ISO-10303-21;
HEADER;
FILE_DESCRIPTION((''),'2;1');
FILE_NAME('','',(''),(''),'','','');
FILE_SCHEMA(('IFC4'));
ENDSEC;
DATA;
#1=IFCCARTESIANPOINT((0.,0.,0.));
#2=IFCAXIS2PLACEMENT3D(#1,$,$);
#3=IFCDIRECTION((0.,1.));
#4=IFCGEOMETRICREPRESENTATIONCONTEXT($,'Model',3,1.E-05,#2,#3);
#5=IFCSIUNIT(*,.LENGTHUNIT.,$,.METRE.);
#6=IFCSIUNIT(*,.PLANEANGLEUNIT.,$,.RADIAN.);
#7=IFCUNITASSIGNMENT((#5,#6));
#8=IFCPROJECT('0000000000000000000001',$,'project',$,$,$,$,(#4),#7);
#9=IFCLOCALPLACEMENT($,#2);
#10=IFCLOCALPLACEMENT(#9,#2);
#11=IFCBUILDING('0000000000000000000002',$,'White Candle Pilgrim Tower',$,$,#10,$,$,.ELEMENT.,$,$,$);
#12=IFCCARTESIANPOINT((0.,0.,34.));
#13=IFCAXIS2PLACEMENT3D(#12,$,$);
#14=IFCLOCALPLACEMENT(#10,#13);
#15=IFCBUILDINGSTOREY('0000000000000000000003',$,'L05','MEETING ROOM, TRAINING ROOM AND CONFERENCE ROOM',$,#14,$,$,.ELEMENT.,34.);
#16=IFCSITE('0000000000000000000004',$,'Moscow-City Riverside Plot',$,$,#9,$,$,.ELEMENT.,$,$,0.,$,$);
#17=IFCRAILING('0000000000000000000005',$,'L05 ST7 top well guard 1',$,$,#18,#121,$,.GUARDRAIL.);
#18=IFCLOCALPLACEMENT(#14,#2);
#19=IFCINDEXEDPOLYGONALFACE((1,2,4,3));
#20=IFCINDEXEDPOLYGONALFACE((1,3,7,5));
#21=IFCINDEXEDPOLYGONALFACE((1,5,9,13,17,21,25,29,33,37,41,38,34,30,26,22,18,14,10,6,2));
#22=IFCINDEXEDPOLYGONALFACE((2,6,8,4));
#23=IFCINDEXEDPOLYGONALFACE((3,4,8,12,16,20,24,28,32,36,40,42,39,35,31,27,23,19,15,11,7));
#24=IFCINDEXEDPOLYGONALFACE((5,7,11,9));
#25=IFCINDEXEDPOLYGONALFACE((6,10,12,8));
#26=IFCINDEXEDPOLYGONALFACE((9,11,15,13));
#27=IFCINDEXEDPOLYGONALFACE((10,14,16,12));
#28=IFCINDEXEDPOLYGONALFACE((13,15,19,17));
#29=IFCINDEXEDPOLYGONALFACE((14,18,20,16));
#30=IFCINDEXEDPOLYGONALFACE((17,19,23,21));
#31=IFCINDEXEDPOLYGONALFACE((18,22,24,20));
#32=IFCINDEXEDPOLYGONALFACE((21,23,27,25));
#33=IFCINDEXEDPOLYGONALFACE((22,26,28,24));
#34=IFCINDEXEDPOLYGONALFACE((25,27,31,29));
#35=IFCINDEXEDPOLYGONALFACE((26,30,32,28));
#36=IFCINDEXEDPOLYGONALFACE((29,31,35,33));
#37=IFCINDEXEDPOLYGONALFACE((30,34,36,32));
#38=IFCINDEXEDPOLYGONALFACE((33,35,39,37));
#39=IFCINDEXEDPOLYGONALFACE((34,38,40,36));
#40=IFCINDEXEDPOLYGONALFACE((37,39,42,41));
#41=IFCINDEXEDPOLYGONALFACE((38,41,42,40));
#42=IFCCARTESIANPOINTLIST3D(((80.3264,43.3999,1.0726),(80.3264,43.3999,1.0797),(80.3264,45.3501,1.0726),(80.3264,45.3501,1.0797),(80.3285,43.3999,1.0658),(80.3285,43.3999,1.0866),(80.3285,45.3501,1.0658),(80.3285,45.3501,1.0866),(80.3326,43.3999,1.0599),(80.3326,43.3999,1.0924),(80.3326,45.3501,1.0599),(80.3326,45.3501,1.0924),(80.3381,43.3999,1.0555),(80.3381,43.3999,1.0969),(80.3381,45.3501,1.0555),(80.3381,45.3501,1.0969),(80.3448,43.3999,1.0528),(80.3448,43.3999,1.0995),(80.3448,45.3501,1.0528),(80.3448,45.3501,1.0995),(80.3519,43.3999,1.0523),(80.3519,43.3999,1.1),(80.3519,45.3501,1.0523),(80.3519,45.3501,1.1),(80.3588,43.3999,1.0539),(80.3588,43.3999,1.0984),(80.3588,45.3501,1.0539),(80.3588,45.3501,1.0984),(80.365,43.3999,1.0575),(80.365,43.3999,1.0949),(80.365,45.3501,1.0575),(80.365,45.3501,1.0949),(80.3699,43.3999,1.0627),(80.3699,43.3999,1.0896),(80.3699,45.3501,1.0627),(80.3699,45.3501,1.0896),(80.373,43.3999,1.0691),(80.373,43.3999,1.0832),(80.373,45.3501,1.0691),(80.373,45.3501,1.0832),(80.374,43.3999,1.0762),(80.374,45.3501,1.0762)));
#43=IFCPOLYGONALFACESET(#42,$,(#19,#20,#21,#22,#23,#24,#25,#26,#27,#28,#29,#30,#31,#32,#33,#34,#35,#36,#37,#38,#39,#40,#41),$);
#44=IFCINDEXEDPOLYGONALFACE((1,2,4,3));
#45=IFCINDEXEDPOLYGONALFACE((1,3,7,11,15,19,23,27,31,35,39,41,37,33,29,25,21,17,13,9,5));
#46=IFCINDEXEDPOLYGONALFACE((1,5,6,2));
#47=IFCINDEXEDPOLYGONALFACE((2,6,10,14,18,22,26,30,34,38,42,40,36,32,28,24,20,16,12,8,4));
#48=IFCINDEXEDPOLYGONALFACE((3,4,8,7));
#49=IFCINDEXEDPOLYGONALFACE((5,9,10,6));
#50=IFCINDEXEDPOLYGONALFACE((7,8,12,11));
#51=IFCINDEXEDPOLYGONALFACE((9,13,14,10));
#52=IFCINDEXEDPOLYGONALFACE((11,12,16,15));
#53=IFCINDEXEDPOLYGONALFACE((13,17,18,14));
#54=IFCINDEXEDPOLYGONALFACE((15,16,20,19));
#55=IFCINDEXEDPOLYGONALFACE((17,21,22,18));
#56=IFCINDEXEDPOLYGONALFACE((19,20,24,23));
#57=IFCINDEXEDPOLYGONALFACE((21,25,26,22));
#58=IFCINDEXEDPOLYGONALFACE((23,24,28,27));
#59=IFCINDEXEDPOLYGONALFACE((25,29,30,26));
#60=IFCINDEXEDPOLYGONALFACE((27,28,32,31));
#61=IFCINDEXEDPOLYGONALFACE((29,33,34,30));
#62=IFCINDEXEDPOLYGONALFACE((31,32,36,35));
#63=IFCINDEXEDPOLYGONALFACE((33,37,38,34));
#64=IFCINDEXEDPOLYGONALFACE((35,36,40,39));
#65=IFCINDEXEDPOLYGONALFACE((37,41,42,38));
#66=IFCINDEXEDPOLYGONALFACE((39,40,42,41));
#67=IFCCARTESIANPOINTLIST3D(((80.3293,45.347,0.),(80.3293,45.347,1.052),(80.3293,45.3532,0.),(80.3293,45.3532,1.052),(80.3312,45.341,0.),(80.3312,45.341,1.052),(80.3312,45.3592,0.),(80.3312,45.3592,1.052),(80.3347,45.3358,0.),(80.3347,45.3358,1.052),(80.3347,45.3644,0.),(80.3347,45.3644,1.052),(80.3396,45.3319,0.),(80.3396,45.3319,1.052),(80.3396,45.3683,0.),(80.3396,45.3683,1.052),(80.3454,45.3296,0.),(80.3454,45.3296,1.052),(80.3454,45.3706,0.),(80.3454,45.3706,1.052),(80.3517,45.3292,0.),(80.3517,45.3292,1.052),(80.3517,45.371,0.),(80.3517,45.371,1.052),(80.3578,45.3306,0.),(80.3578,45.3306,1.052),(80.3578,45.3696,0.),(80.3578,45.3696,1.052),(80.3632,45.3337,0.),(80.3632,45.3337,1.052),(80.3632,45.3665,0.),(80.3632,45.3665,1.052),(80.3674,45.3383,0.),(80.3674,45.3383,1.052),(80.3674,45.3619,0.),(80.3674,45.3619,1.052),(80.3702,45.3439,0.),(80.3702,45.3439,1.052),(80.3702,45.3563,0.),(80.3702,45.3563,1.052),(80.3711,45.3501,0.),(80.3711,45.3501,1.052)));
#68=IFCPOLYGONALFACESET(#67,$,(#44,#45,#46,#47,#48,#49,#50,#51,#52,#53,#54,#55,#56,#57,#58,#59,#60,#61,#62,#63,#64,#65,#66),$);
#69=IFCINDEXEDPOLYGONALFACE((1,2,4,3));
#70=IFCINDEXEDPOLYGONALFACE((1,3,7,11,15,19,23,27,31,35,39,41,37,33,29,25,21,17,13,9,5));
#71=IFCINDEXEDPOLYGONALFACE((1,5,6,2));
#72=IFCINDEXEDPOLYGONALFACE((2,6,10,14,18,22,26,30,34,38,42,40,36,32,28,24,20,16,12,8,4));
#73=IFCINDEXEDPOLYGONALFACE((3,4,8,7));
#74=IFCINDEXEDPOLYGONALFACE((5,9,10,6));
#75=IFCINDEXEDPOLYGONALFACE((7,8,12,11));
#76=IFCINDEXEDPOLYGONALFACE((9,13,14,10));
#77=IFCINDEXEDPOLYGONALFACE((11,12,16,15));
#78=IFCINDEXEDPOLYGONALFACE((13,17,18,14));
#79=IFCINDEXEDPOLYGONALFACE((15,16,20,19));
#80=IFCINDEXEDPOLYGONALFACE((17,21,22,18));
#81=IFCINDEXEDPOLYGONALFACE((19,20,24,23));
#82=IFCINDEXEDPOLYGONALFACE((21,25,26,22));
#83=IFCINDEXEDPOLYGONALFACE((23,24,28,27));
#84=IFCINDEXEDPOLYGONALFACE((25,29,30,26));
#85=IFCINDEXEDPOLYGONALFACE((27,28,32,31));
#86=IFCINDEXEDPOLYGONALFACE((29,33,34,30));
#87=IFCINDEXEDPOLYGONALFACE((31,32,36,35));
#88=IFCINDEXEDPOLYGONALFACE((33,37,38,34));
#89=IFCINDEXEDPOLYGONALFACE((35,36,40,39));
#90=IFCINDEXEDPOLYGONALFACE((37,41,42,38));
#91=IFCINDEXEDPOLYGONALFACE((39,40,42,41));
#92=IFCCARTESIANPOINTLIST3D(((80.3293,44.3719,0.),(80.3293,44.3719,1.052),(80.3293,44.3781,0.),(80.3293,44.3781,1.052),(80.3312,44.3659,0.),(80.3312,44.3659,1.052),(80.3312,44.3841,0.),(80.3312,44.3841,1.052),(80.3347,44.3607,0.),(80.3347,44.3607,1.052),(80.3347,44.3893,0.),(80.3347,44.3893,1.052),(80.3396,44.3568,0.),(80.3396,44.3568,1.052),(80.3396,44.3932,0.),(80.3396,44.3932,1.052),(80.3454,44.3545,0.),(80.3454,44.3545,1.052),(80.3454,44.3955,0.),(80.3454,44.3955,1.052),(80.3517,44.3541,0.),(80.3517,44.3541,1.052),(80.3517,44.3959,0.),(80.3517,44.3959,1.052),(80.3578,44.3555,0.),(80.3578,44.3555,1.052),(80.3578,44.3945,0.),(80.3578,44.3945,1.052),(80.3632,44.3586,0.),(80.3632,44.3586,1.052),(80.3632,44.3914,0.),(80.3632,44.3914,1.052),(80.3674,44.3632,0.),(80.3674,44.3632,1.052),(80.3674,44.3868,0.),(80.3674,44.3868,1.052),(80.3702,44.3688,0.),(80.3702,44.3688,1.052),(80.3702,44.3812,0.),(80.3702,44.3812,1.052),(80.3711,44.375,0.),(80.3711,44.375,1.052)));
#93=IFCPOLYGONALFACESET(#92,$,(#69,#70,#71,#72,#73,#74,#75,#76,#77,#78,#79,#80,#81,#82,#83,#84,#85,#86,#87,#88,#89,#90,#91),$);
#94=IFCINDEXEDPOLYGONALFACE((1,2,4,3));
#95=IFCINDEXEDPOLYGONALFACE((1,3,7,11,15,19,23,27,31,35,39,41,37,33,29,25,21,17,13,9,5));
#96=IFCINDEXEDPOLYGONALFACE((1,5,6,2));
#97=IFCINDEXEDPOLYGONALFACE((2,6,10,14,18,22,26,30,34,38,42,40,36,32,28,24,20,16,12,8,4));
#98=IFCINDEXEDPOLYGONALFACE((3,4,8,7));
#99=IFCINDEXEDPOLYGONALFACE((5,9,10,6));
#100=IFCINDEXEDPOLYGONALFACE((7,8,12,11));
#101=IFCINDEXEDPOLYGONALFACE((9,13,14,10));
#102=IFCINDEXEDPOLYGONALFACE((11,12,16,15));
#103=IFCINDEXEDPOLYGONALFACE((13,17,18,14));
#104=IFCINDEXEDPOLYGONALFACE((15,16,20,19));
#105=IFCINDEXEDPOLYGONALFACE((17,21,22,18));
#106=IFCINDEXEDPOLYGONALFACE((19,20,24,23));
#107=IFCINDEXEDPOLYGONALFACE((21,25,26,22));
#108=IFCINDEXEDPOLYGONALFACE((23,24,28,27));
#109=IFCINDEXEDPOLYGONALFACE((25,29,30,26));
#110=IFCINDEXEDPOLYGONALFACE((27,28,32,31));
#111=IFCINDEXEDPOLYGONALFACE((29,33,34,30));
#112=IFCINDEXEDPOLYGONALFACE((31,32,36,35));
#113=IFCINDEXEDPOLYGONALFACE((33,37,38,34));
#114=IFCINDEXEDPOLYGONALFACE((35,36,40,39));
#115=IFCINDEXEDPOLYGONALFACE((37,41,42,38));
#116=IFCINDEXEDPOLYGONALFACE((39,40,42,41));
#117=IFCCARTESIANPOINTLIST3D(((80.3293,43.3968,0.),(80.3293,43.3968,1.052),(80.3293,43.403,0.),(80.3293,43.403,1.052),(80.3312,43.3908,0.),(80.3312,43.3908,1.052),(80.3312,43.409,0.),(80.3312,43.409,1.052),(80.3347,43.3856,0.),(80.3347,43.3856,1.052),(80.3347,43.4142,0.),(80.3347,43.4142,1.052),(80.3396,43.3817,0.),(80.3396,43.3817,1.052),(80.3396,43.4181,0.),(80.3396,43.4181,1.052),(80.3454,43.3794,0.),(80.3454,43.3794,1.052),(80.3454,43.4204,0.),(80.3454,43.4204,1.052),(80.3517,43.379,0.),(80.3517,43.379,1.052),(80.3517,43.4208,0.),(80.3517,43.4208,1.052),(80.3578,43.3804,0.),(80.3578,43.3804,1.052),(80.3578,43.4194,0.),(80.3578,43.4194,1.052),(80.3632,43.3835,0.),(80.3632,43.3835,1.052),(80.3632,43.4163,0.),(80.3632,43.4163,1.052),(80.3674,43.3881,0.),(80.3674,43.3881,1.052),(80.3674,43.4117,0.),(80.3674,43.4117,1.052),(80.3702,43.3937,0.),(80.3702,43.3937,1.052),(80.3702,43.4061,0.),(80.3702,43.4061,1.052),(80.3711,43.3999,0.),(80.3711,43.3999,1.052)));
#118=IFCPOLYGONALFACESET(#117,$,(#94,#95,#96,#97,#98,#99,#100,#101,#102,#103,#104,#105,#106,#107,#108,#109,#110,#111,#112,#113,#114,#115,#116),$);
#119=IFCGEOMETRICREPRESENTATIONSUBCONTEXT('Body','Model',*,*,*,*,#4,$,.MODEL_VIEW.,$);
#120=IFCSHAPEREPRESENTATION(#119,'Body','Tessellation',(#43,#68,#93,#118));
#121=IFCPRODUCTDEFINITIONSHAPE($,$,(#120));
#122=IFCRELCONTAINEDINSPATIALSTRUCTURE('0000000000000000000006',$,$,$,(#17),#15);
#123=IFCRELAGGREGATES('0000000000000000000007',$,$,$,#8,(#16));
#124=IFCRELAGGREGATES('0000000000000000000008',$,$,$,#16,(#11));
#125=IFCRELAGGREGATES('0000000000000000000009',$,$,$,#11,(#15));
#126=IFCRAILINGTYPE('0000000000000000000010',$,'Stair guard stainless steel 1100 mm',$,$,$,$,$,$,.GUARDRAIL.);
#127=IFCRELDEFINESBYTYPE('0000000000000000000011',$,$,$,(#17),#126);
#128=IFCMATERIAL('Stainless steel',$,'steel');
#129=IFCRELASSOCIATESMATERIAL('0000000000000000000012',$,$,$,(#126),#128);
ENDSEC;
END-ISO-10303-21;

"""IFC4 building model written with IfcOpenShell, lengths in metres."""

from ifc_helpers import new_model, si_unit, direction, frame, origin, origin_2d, place, context, subcontext, project, spatial, circle, extrude, material, type_object, element, save


model = new_model("IFC4")

# Units and contexts
model_context = context("Model", 3, precision=1e-05, world=origin(), true_north=direction((0.0, 1.0)))
body_context = subcontext(model_context, "Body", "Model", "MODEL_VIEW")
ifc_project = project(units=[si_unit("LENGTHUNIT", "METRE"), si_unit("PLANEANGLEUNIT", "RADIAN")], contexts=[model_context])

# Site, building, storey
site_placement = place(None, origin())
site = spatial("IfcSite", under=ifc_project, at=site_placement, Name="Moscow-City Riverside Plot", CompositionType="ELEMENT", RefElevation=0.0)
building_placement = place(site_placement, origin())
building = spatial("IfcBuilding", under=site, at=building_placement, Name="White Candle Pilgrim Tower", CompositionType="ELEMENT")
storey_placement = place(building_placement, frame((0.0, 0.0, 34.0)))
storey = spatial("IfcBuildingStorey", under=building, at=storey_placement, Name="L05", Description="MEETING ROOM, TRAINING ROOM AND CONFERENCE ROOM", CompositionType="ELEMENT", Elevation=34.0)

# Railing
ifc_material_1 = material(Name="Stainless steel", Category="steel")
railing_type = type_object("IfcRailingType", Name="Stair guard stainless steel 1100 mm", PredefinedType="GUARDRAIL", material=ifc_material_1)
railing_placement = place(storey_placement, frame((80.3501, 45.3501, 0.0)))
element("IfcRailing", 1, at=railing_placement, inside=storey, type_object=railing_type, Name="L05 ST7 top well guard 1", PredefinedType="GUARDRAIL", context=body_context, shape_type="SweptSolid", body=[
    extrude(circle(Radius=0.0239, at=origin_2d()), frame((0.0, 0.0, 1.0762), z_axis=(0.0, -1.0, 0.0), x_axis=(1.0, 0.0, 0.0)), (0.0, 0.0, 1.0), 1.9502),
    extrude(circle(Radius=0.021, at=origin_2d()), origin(), (0.0, 0.0, 1.0), 1.052),
    extrude(circle(Radius=0.021, at=origin_2d()), frame((0.0, -0.9751, 0.0)), (0.0, 0.0, 1.0), 1.052),
    extrude(circle(Radius=0.021, at=origin_2d()), frame((0.0, -1.9502, 0.0)), (0.0, 0.0, 1.0), 1.052),
])

save(model, "model.ifc")
